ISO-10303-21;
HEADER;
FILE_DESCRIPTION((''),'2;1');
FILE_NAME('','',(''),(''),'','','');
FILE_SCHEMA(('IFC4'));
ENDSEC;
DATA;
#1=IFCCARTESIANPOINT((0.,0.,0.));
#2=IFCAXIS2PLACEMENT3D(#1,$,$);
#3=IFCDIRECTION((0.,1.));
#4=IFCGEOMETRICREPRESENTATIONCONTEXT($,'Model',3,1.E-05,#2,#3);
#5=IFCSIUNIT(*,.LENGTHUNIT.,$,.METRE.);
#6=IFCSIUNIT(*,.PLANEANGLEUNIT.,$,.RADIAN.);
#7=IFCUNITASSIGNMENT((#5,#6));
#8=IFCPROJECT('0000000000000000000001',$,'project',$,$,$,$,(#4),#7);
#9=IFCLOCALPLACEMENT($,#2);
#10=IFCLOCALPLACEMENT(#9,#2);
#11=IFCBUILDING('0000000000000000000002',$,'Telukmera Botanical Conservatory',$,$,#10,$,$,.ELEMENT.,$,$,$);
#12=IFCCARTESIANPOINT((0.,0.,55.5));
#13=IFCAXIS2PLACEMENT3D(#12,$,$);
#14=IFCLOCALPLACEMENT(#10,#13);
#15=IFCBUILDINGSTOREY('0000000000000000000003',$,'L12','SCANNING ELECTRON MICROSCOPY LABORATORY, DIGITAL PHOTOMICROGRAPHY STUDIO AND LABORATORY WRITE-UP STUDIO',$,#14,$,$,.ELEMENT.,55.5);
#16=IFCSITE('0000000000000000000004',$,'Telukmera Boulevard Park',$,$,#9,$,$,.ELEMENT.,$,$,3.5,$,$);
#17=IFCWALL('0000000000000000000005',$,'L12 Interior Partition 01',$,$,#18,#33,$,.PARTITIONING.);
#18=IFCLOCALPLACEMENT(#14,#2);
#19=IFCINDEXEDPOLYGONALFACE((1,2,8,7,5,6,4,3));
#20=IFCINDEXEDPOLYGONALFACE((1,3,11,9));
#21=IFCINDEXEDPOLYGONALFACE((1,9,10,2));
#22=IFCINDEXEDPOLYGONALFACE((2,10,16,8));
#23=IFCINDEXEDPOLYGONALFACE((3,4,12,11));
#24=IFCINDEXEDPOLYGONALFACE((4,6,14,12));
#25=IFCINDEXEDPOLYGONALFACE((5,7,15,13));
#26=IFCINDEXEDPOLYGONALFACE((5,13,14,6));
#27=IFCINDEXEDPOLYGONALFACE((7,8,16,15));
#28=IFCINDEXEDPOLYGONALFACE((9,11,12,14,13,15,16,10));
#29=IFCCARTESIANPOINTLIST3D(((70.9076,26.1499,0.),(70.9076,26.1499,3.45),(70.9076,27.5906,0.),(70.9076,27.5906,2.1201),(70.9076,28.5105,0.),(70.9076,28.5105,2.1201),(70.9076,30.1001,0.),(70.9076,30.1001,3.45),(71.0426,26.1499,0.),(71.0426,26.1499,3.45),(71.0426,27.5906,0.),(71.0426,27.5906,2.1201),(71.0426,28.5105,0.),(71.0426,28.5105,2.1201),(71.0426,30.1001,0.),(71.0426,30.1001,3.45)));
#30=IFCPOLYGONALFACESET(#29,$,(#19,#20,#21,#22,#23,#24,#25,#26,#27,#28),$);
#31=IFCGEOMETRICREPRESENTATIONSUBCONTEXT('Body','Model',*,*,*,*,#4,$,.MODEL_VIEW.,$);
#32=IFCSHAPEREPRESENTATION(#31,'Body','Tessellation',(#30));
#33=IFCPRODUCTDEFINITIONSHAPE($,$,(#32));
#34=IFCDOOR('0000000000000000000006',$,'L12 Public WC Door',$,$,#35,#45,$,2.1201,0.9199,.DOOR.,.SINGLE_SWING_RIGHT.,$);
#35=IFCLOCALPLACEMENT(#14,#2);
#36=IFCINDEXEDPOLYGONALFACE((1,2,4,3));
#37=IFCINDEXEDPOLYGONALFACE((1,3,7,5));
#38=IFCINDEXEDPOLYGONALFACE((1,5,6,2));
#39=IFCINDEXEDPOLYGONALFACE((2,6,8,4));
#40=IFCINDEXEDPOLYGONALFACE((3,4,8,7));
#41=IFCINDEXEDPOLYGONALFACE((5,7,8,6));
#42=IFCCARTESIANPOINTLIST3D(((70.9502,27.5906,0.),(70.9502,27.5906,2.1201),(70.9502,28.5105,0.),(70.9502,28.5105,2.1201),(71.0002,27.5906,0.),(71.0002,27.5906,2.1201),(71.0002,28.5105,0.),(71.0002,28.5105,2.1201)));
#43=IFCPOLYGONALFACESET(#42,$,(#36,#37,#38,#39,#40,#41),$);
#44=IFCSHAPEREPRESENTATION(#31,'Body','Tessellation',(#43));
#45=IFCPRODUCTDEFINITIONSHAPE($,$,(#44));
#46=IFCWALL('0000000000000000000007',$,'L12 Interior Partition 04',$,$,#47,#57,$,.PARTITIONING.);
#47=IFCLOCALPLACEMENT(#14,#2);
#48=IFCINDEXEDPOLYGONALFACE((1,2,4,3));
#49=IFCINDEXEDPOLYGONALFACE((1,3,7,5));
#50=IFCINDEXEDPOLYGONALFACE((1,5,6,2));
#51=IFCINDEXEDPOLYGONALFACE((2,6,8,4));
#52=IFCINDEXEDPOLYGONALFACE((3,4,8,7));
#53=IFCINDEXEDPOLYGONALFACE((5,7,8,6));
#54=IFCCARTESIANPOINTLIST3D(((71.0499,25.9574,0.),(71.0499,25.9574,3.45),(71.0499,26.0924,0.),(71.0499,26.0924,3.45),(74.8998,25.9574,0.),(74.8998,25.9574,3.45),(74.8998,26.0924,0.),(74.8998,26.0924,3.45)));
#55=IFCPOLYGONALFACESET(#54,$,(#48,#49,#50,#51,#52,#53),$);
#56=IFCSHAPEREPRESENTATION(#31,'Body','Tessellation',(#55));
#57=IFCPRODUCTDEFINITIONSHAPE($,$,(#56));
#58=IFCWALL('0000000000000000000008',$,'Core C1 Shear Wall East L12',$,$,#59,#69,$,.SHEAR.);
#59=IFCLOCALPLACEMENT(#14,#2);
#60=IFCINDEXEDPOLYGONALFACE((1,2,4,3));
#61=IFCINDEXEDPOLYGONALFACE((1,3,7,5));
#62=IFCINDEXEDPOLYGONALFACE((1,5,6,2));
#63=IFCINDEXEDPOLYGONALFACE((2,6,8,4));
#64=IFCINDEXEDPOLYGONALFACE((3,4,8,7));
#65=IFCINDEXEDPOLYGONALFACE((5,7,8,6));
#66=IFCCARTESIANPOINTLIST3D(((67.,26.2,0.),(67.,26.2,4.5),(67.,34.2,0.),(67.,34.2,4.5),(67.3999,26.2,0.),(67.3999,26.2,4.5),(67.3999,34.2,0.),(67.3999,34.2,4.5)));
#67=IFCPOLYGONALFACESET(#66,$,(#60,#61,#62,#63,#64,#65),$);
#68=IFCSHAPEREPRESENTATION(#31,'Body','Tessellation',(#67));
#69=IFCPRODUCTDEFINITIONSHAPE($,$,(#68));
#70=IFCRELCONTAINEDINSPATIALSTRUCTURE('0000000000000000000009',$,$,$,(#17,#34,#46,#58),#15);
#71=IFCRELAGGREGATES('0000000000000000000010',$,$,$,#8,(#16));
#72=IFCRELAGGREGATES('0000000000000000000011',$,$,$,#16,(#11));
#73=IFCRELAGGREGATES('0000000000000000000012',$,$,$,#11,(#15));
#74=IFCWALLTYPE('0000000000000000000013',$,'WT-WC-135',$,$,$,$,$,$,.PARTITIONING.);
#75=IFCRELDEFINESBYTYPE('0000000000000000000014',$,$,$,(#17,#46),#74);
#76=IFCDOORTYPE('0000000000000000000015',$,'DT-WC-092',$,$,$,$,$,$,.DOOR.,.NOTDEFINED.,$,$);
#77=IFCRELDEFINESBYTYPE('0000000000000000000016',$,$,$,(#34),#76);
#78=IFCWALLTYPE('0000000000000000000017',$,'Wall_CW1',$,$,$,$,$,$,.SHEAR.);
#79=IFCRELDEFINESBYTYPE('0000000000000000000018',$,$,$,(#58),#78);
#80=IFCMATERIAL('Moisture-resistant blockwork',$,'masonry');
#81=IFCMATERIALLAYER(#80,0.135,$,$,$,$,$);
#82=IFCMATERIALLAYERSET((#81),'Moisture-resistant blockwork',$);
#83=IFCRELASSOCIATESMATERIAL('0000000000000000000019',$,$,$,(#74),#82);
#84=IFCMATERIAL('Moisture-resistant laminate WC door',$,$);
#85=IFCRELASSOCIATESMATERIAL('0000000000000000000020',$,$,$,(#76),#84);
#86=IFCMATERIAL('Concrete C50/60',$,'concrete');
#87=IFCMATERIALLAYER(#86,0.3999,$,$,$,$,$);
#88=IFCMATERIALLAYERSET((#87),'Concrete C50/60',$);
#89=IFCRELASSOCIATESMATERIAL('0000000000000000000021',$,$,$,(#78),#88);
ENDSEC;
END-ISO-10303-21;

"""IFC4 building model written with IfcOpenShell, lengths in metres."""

from ifc_helpers import new_model, si_unit, direction, frame, frame_2d, origin, place, context, subcontext, project, spatial, rectangle, extrude, material, layer, layer_set, type_object, element, fill, save


model = new_model("IFC4")

# Units and contexts
model_context = context("Model", 3, precision=1e-05, world=origin(), true_north=direction((0.0, 1.0)))
body_context = subcontext(model_context, "Body", "Model", "MODEL_VIEW")
ifc_project = project(units=[si_unit("LENGTHUNIT", "METRE"), si_unit("PLANEANGLEUNIT", "RADIAN")], contexts=[model_context])

# Site, building, storey
site_placement = place(None, origin())
site = spatial("IfcSite", under=ifc_project, at=site_placement, Name="Telukmera Boulevard Park", CompositionType="ELEMENT", RefElevation=3.5)
building_placement = place(site_placement, origin())
building = spatial("IfcBuilding", under=site, at=building_placement, Name="Telukmera Botanical Conservatory", CompositionType="ELEMENT")
storey_placement = place(building_placement, frame((0.0, 0.0, 55.5)))
storey = spatial("IfcBuildingStorey", under=building, at=storey_placement, Name="L12", Description="SCANNING ELECTRON MICROSCOPY LABORATORY, DIGITAL PHOTOMICROGRAPHY STUDIO AND LABORATORY WRITE-UP STUDIO", CompositionType="ELEMENT", Elevation=55.5)

# Shared definitions
ifc_material_1 = material(Name="Concrete C50/60", Category="concrete")

# Wall, opening, door
ifc_material_2 = material(Name="Moisture-resistant blockwork", Category="masonry")
ifc_layer_1 = layer(ifc_material_2, 0.135)
ifc_layer_set_1 = layer_set([ifc_layer_1], Name="Moisture-resistant blockwork")
wall_type_1 = type_object("IfcWallType", Name="WT-WC-135", PredefinedType="PARTITIONING", material=ifc_layer_set_1)
wall_1_placement = place(storey_placement, frame((70.9751, 26.1499, 0.0), z_axis=(0.0, 0.0, 1.0), x_axis=(0.0, 1.0, 0.0)))
wall_1 = element("IfcWall", 1, at=wall_1_placement, inside=storey, type_object=wall_type_1, Name="L12 Interior Partition 01", PredefinedType="PARTITIONING", context=body_context, shape_type="SweptSolid", body=[
    extrude(rectangle(XDim=3.9502, YDim=0.135, at=frame_2d((1.9751, 0.0))), origin(), (0.0, 0.0, 1.0), 3.45),
])
opening_1_placement = place(wall_1_placement, frame((1.4407, 0.0, 0.0)))
opening_1 = element("IfcOpeningElement", 2, at=opening_1_placement, cuts=wall_1, PredefinedType="OPENING", context=body_context, shape_type="SweptSolid", body=[
    extrude(rectangle(XDim=0.9199, YDim=2.1201, at=frame_2d((0.46, 1.0601))), frame((0.0, 0.0774, 0.0), z_axis=(0.0, -1.0, 0.0), x_axis=(1.0, 0.0, 0.0)), (0.0, 0.0, 1.0), 0.155),
])
ifc_material_3 = material(Name="Moisture-resistant laminate WC door")
door_type_1 = type_object("IfcDoorType", Name="DT-WC-092", OperationType="NOTDEFINED", PredefinedType="DOOR", material=ifc_material_3)
door_1_placement = place(opening_1_placement, origin())
door_1 = element("IfcDoor", 3, at=door_1_placement, inside=storey, type_object=door_type_1, Name="L12 Public WC Door", OperationType="SINGLE_SWING_RIGHT", OverallHeight=2.1201, OverallWidth=0.9199, PredefinedType="DOOR", context=body_context, shape_type="SweptSolid", body=[
    extrude(rectangle(XDim=0.9199, YDim=2.1201, at=frame_2d((0.46, 1.0601))), frame((0.0, 0.0249, 0.0), z_axis=(0.0, -1.0, 0.0), x_axis=(1.0, 0.0, 0.0)), (0.0, 0.0, 1.0), 0.05),
])
fill(opening_1, door_1)

# Walls
wall_2_placement = place(storey_placement, frame((71.05, 26.0249, 0.0), z_axis=(0.0, 0.0, 1.0), x_axis=(1.0, 0.0, 0.0)))
element("IfcWall", 4, at=wall_2_placement, inside=storey, type_object=wall_type_1, Name="L12 Interior Partition 04", PredefinedType="PARTITIONING", context=body_context, shape_type="SweptSolid", body=[
    extrude(rectangle(XDim=3.8499, YDim=0.135, at=frame_2d((1.9248, 0.0))), origin(), (0.0, 0.0, 1.0), 3.45),
])
ifc_layer_2 = layer(ifc_material_1, 0.3999)
ifc_layer_set_2 = layer_set([ifc_layer_2], Name="Concrete C50/60")
wall_type_2 = type_object("IfcWallType", Name="Wall_CW1", PredefinedType="SHEAR", material=ifc_layer_set_2)
wall_3_placement = place(storey_placement, frame((67.2, 26.2, 0.0), z_axis=(0.0, 0.0, 1.0), x_axis=(0.0, 1.0, 0.0)))
element("IfcWall", 5, at=wall_3_placement, inside=storey, type_object=wall_type_2, Name="Core C1 Shear Wall East L12", PredefinedType="SHEAR", context=body_context, shape_type="SweptSolid", body=[
    extrude(rectangle(XDim=8.0, YDim=0.3999, at=frame_2d((4.0, 0.0))), origin(), (0.0, 0.0, 1.0), 4.5),
])

save(model, "model.ifc")
